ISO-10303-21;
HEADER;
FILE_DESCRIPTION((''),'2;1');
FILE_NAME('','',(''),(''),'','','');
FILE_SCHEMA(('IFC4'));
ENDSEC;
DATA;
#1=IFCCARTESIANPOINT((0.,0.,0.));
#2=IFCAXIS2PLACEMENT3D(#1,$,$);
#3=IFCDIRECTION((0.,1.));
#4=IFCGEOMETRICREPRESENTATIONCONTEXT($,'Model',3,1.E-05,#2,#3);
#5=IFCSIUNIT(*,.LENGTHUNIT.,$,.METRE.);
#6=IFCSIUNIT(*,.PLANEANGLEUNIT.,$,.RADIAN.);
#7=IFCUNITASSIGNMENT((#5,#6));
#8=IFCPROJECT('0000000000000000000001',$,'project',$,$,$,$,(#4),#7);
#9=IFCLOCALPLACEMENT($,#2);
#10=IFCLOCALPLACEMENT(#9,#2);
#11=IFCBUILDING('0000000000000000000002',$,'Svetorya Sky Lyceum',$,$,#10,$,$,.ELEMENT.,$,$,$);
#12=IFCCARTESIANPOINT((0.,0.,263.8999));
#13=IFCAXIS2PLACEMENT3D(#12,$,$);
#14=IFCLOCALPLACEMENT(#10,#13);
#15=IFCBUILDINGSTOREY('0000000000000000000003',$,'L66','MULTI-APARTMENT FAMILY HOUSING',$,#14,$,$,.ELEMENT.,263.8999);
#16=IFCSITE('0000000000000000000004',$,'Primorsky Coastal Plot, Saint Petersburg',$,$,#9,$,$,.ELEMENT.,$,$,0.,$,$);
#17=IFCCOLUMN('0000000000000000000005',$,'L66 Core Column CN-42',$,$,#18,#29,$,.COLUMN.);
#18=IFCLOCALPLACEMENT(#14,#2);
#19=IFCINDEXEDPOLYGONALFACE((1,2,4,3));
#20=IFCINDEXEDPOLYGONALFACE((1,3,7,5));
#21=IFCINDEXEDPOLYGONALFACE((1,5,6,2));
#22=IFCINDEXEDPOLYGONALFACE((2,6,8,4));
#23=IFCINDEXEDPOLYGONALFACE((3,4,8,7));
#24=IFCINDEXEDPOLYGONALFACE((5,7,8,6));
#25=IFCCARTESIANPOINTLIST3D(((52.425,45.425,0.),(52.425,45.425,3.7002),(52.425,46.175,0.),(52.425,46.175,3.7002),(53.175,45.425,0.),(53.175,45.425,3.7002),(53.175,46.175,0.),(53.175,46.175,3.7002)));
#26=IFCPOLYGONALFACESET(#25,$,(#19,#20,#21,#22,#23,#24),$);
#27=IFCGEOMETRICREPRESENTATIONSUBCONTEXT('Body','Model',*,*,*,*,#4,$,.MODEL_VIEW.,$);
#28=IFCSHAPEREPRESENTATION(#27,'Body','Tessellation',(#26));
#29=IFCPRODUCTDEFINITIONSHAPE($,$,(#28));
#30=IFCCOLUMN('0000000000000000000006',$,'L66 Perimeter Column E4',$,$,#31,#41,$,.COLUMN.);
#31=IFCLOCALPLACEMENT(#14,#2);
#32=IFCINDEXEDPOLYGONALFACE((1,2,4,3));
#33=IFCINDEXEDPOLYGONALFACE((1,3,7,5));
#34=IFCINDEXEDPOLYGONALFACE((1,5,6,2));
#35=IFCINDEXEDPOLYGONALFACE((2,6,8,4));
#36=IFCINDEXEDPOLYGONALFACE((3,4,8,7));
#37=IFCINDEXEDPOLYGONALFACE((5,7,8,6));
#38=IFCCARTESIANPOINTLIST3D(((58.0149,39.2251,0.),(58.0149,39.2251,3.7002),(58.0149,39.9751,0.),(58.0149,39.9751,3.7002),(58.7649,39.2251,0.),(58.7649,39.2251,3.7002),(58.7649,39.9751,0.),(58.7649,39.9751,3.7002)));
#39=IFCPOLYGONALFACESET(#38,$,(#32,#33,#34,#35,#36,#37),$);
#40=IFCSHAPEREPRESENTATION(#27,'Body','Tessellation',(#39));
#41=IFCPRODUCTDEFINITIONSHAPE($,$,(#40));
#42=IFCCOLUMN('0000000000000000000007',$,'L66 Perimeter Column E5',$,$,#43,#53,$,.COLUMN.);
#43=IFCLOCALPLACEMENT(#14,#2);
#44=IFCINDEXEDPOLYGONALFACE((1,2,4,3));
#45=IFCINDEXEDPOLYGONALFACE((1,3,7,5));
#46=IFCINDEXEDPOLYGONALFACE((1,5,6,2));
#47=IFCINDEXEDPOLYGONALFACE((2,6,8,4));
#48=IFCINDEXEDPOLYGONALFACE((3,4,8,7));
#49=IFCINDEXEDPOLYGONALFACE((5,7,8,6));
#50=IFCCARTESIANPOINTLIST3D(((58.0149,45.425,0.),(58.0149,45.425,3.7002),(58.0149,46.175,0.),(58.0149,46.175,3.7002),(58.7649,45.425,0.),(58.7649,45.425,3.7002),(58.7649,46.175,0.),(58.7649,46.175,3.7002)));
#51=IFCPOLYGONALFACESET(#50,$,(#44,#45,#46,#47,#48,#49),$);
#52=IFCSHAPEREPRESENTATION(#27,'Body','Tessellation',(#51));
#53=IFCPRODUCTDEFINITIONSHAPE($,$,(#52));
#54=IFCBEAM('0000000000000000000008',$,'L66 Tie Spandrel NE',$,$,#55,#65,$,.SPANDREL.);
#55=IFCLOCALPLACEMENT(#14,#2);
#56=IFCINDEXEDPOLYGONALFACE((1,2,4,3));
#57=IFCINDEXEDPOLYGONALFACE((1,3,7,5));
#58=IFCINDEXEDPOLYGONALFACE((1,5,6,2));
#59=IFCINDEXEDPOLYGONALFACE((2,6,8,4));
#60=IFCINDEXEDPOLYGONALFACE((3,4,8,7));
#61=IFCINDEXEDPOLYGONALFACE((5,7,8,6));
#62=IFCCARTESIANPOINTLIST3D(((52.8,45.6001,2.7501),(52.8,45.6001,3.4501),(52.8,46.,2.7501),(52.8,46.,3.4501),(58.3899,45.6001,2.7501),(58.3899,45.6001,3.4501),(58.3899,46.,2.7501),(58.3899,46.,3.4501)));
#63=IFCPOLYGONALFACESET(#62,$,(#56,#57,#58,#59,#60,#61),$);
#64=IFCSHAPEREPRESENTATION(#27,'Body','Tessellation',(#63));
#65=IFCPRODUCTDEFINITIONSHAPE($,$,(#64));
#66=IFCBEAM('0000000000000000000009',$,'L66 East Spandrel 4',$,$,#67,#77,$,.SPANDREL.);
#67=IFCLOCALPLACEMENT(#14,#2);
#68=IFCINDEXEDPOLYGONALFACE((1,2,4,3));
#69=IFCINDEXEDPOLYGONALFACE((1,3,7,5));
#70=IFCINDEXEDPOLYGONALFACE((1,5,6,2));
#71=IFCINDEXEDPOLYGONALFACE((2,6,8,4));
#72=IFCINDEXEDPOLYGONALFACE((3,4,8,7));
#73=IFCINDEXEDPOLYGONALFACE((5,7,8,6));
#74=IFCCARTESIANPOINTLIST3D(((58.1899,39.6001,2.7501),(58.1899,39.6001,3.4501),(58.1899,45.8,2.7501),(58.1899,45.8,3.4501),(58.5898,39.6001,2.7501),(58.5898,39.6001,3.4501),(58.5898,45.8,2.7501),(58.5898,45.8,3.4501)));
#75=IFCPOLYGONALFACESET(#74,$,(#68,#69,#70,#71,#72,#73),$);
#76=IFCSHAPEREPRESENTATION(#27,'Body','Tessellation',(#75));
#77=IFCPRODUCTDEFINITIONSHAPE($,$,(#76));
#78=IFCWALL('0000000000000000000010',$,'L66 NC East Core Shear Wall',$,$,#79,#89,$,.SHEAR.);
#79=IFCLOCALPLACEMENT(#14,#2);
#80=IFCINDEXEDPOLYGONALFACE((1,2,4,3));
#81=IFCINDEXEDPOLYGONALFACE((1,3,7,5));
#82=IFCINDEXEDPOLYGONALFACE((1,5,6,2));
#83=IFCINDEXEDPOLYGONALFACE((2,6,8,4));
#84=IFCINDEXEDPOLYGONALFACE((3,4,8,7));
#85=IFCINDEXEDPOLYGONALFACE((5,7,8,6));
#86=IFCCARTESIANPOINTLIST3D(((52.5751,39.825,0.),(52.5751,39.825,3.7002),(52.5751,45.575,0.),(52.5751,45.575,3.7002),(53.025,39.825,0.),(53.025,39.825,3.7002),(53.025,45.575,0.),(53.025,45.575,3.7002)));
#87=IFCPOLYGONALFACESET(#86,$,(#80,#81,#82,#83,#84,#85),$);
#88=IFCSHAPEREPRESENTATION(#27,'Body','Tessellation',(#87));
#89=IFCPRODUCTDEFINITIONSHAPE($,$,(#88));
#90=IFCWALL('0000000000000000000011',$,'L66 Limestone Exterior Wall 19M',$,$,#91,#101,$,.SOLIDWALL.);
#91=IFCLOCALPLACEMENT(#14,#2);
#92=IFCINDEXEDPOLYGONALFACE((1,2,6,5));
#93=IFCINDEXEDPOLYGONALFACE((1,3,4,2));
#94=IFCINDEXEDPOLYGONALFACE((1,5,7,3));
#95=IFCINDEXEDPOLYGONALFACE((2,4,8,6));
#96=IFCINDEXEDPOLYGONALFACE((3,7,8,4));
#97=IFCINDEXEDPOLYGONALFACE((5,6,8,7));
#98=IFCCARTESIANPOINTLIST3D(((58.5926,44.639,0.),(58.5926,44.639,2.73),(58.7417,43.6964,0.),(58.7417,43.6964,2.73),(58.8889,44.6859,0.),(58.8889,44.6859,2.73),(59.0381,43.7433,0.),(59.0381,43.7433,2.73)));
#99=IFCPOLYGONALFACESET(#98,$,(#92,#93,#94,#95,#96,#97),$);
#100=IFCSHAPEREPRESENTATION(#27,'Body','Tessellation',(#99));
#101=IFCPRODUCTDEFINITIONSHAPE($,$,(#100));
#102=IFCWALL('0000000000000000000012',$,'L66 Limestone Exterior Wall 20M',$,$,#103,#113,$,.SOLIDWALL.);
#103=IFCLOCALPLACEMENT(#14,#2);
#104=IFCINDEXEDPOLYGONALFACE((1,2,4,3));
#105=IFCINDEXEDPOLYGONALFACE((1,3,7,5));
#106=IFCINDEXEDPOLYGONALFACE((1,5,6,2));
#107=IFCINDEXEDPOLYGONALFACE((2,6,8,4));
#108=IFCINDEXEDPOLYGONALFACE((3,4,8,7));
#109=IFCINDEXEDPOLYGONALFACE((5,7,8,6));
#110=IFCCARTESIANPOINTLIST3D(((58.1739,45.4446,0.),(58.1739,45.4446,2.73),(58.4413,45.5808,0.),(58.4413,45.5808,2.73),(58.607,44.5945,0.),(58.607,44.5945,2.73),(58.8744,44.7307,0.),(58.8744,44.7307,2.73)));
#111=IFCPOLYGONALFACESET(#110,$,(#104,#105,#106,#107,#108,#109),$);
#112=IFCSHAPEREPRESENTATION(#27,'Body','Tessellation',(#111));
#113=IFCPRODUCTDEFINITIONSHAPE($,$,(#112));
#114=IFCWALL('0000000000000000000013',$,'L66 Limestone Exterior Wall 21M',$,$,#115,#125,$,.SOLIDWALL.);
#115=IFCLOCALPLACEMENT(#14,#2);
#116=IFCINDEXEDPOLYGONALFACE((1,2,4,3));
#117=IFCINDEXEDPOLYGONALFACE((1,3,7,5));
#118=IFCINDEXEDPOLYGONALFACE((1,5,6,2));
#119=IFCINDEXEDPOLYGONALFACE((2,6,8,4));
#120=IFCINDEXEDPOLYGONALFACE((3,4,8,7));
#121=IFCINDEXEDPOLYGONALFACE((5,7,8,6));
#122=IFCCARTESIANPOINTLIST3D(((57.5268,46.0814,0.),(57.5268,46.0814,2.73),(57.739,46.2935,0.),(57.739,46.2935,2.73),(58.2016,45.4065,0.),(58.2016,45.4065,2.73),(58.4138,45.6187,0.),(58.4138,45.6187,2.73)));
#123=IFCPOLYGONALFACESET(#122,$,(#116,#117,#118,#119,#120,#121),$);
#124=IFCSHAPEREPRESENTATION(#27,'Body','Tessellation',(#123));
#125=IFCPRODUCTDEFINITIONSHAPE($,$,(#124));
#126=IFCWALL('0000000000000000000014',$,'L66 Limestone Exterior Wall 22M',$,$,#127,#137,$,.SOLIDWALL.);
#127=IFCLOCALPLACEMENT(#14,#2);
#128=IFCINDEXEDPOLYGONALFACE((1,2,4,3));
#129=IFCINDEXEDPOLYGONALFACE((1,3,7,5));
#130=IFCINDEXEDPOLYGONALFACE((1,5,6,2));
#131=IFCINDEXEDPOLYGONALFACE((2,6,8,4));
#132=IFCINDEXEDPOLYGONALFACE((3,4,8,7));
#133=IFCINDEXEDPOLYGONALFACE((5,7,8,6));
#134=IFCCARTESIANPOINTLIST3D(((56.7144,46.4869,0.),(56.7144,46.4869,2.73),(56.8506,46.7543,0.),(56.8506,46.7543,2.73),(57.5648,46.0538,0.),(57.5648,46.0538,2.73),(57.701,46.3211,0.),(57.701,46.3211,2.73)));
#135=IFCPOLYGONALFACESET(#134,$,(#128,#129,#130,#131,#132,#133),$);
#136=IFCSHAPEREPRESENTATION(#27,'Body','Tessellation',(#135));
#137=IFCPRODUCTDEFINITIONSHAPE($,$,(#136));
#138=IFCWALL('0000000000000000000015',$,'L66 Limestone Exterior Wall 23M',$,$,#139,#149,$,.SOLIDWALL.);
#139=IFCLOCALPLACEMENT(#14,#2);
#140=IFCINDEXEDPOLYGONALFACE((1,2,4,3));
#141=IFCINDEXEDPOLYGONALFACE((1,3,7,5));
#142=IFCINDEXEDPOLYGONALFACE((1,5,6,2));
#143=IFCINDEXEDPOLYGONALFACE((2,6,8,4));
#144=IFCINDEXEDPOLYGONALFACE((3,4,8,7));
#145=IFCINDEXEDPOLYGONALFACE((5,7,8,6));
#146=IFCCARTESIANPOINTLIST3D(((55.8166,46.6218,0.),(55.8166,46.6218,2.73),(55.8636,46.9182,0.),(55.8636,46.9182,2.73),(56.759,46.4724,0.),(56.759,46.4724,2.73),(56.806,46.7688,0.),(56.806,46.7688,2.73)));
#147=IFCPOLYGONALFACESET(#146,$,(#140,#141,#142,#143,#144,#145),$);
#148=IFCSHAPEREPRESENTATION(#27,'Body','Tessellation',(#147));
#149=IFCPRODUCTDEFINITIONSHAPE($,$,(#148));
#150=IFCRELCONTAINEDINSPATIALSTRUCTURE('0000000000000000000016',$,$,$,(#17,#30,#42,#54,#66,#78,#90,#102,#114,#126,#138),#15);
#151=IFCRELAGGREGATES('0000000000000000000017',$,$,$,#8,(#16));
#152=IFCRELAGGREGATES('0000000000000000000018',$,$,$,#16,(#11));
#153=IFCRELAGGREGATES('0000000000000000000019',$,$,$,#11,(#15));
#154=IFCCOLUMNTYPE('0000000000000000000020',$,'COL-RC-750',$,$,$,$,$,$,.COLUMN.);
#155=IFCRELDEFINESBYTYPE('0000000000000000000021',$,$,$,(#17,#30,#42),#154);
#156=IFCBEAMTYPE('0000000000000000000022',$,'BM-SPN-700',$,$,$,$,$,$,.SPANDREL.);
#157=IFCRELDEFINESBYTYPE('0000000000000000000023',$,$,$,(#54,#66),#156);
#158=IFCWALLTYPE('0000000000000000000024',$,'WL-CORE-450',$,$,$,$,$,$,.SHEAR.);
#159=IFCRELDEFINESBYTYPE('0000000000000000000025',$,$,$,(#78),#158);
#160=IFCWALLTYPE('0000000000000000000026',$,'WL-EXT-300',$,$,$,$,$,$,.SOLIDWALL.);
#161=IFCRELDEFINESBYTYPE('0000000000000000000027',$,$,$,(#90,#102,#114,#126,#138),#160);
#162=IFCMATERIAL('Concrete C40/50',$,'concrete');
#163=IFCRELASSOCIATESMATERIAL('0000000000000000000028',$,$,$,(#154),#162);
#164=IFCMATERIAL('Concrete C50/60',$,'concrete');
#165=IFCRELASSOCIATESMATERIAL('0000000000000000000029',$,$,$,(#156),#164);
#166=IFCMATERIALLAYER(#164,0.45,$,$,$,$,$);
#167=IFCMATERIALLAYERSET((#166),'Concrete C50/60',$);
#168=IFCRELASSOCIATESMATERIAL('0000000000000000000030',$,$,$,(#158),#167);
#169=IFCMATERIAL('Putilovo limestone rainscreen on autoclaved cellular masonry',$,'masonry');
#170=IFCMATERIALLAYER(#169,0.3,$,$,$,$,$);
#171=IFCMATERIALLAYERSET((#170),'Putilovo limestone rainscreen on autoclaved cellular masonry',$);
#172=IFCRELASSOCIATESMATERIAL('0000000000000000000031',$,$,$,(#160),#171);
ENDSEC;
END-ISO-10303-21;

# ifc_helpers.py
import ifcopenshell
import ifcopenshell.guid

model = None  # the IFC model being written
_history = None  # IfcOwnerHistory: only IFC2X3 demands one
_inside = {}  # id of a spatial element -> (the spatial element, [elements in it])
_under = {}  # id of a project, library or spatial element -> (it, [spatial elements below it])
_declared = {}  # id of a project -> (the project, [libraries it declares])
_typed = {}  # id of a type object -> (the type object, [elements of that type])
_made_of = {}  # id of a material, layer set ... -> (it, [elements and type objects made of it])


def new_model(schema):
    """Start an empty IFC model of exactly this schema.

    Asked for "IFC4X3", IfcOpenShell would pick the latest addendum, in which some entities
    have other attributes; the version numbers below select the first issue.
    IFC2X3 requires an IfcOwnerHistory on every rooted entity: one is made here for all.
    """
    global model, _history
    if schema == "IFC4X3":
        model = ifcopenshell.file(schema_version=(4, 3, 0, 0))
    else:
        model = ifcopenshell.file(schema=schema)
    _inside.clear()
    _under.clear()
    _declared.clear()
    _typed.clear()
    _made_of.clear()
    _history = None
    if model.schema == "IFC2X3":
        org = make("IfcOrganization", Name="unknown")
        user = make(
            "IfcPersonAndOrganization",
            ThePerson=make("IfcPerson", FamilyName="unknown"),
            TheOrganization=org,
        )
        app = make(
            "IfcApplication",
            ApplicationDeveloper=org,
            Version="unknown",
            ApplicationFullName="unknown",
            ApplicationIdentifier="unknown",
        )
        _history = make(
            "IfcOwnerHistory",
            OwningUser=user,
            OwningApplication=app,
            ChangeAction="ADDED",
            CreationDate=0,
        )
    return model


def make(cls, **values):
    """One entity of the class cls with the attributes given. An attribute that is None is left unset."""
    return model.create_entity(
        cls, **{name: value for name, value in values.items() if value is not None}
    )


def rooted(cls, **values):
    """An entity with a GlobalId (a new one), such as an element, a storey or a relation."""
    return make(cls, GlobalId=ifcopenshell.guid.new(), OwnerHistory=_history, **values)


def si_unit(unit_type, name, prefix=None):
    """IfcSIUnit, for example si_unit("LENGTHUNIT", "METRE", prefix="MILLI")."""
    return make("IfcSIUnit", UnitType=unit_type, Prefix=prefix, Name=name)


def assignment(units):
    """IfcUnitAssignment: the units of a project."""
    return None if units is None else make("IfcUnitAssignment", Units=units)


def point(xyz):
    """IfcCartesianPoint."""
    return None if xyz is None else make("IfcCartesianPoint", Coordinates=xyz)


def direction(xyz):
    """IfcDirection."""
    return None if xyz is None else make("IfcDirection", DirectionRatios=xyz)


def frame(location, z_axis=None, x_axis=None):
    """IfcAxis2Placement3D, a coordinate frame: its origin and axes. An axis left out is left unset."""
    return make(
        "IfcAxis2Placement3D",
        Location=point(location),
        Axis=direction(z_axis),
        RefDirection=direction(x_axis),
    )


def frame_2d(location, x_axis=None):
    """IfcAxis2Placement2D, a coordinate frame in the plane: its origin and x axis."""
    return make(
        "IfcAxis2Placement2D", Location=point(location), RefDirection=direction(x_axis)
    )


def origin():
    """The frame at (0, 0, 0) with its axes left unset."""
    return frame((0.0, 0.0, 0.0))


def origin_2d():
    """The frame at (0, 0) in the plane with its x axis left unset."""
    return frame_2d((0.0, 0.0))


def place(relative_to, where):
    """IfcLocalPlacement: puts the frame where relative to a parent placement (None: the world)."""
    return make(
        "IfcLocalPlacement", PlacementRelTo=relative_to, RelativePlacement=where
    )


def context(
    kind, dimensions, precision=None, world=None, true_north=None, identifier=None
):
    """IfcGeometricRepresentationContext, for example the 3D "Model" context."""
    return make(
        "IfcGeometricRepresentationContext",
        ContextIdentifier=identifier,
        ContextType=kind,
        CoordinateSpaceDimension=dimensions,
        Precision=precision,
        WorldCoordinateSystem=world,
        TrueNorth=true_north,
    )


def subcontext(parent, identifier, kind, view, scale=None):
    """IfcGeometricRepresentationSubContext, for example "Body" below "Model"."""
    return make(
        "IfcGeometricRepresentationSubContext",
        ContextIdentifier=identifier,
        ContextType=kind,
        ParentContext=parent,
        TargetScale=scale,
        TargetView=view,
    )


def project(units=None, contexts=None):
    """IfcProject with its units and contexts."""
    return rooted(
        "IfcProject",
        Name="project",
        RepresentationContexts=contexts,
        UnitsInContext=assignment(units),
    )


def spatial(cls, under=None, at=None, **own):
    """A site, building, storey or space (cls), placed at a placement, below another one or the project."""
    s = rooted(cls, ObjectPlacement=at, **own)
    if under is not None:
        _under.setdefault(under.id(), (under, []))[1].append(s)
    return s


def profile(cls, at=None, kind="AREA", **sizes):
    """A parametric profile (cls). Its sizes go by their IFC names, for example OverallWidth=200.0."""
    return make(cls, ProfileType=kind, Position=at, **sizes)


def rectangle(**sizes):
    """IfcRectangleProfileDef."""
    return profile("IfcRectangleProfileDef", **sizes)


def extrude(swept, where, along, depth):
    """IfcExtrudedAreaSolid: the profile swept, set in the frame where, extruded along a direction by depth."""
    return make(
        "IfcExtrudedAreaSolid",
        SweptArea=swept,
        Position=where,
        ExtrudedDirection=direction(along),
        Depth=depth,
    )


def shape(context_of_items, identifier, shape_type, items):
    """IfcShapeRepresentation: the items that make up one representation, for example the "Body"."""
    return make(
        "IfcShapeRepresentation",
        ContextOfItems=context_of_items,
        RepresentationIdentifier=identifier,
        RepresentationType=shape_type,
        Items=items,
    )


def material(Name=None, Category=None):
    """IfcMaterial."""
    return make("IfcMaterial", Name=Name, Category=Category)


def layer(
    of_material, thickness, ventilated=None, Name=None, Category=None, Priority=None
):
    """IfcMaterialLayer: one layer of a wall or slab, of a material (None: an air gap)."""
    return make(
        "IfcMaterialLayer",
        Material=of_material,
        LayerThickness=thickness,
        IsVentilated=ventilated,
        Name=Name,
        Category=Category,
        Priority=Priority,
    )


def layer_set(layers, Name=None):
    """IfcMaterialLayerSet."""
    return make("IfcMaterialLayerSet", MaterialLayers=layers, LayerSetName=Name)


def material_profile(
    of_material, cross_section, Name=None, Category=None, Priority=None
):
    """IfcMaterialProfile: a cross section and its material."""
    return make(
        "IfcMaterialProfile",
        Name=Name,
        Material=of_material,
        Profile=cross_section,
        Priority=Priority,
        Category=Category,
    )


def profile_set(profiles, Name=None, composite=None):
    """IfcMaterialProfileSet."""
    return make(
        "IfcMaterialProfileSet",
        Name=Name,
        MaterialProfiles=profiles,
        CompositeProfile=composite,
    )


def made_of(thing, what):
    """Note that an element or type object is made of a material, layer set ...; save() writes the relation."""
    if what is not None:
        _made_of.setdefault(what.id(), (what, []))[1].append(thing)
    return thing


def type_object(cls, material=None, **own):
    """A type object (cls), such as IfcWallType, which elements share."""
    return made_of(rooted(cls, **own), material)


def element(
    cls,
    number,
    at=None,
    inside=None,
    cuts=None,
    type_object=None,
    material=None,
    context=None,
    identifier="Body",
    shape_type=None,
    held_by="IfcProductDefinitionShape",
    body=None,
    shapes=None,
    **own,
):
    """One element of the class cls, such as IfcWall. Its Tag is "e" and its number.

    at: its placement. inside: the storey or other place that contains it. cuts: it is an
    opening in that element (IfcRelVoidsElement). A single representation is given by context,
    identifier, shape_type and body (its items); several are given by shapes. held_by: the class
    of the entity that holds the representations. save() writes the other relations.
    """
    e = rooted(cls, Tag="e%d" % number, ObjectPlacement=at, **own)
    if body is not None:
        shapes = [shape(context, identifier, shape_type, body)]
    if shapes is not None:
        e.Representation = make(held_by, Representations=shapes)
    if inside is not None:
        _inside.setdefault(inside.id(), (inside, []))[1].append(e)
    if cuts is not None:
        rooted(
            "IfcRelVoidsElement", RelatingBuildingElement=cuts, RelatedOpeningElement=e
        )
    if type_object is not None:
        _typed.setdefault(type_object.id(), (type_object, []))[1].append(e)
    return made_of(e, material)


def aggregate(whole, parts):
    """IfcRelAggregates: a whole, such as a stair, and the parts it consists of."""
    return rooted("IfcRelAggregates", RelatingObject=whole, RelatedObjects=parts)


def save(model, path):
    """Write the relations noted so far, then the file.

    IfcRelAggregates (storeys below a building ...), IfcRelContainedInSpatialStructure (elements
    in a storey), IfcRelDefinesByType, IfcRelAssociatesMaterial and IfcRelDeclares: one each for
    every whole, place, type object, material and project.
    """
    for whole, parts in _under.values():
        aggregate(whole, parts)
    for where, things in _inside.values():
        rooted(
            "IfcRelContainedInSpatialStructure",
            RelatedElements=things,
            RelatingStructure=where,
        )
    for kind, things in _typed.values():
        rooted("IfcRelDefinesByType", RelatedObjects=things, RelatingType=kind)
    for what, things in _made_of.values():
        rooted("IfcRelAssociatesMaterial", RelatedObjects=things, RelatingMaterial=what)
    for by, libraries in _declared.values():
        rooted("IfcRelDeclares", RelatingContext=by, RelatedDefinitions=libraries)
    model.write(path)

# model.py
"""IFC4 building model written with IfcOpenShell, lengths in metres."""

from ifc_helpers import new_model, si_unit, direction, frame, frame_2d, origin, origin_2d, place, context, subcontext, project, spatial, rectangle, extrude, material, layer, layer_set, material_profile, profile_set, type_object, element, save


model = new_model("IFC4")

# Units and contexts
model_context = context("Model", 3, precision=1e-05, world=origin(), true_north=direction((0.0, 1.0)))
body_context = subcontext(model_context, "Body", "Model", "MODEL_VIEW")
ifc_project = project(units=[si_unit("LENGTHUNIT", "METRE"), si_unit("PLANEANGLEUNIT", "RADIAN")], contexts=[model_context])

# Site, building, storey
site_placement = place(None, origin())
site = spatial("IfcSite", under=ifc_project, at=site_placement, Name="Primorsky Coastal Plot, Saint Petersburg", CompositionType="ELEMENT", RefElevation=0.0)
building_placement = place(site_placement, origin())
building = spatial("IfcBuilding", under=site, at=building_placement, Name="Svetorya Sky Lyceum", CompositionType="ELEMENT")
storey_placement = place(building_placement, frame((0.0, 0.0, 263.8999)))
storey = spatial("IfcBuildingStorey", under=building, at=storey_placement, Name="L66", Description="MULTI-APARTMENT FAMILY HOUSING", CompositionType="ELEMENT", Elevation=263.8999)

# Columns
ifc_material_1 = material(Name="Concrete C40/50", Category="concrete")
ifc_material_profile_1 = material_profile(ifc_material_1, rectangle(XDim=0.75, YDim=0.75, at=origin_2d()), Name="RC COL 750x750")
ifc_profile_set_1 = profile_set([ifc_material_profile_1], Name="Concrete C40/50")
column_type = type_object("IfcColumnType", Name="COL-RC-750", PredefinedType="COLUMN", material=ifc_profile_set_1)
for number, where, z_axis, x_axis, name in (
    (1, (52.8, 45.8, 0.0), (0.0, 0.0, 1.0), (1.0, 0.0, 0.0), "L66 Core Column CN-42"),
    (2, (58.3899, 39.6001, 0.0), (0.0, 0.0, 1.0), (1.0, 0.0, 0.0), "L66 Perimeter Column E4"),
    (3, (58.3899, 45.8, 0.0), (0.0, 0.0, 1.0), (1.0, 0.0, 0.0), "L66 Perimeter Column E5"),
):
    element("IfcColumn", number, at=place(storey_placement, frame(where, z_axis=z_axis, x_axis=x_axis)), inside=storey, type_object=column_type, Name=name, PredefinedType="COLUMN", context=body_context, shape_type="SweptSolid", body=[
        extrude(rectangle(XDim=0.75, YDim=0.75, at=origin_2d()), origin(), (0.0, 0.0, 1.0), 3.7002),
    ])

# Beams
ifc_material_2 = material(Name="Concrete C50/60", Category="concrete")
ifc_material_profile_2 = material_profile(ifc_material_2, rectangle(XDim=0.3999, YDim=0.7, at=origin_2d()), Name="RC SPANDREL 400x700")
ifc_profile_set_2 = profile_set([ifc_material_profile_2], Name="Concrete C50/60")
beam_type = type_object("IfcBeamType", Name="BM-SPN-700", PredefinedType="SPANDREL", material=ifc_profile_set_2)
beam_1_placement = place(storey_placement, frame((52.8, 45.8, 3.1001), z_axis=(1.0, 0.0, 0.0), x_axis=(0.0, 1.0, 0.0)))
element("IfcBeam", 4, at=beam_1_placement, inside=storey, type_object=beam_type, Name="L66 Tie Spandrel NE", PredefinedType="SPANDREL", context=body_context, shape_type="SweptSolid", body=[
    extrude(rectangle(XDim=0.3999, YDim=0.7, at=origin_2d()), origin(), (0.0, 0.0, 1.0), 5.5898),
])
beam_2_placement = place(storey_placement, frame((58.3899, 39.6001, 3.1001), z_axis=(0.0, 1.0, 0.0), x_axis=(-1.0, 0.0, 0.0)))
element("IfcBeam", 5, at=beam_2_placement, inside=storey, type_object=beam_type, Name="L66 East Spandrel 4", PredefinedType="SPANDREL", context=body_context, shape_type="SweptSolid", body=[
    extrude(rectangle(XDim=0.3999, YDim=0.7, at=origin_2d()), origin(), (0.0, 0.0, 1.0), 6.2),
])

# Walls
ifc_layer_1 = layer(ifc_material_2, 0.45)
ifc_layer_set_1 = layer_set([ifc_layer_1], Name="Concrete C50/60")
wall_type_1 = type_object("IfcWallType", Name="WL-CORE-450", PredefinedType="SHEAR", material=ifc_layer_set_1)
wall_1_placement = place(storey_placement, frame((52.8, 39.825, 0.0), z_axis=(0.0, 0.0, 1.0), x_axis=(0.0, 1.0, 0.0)))
element("IfcWall", 6, at=wall_1_placement, inside=storey, type_object=wall_type_1, Name="L66 NC East Core Shear Wall", PredefinedType="SHEAR", context=body_context, shape_type="SweptSolid", body=[
    extrude(rectangle(XDim=5.75, YDim=0.45, at=frame_2d((2.875, 0.0))), origin(), (0.0, 0.0, 1.0), 3.7002),
])
ifc_material_3 = material(Name="Putilovo limestone rainscreen on autoclaved cellular masonry", Category="masonry")
ifc_layer_2 = layer(ifc_material_3, 0.3)
ifc_layer_set_2 = layer_set([ifc_layer_2], Name="Putilovo limestone rainscreen on autoclaved cellular masonry")
wall_type_2 = type_object("IfcWallType", Name="WL-EXT-300", PredefinedType="SOLIDWALL", material=ifc_layer_set_2)
wall_2_placement = place(storey_placement, frame((58.8899, 43.72, 0.0), z_axis=(0.0, 0.0, 1.0), x_axis=(-0.156304, 0.987709, 0.0)))
element("IfcWall", 7, at=wall_2_placement, inside=storey, type_object=wall_type_2, Name="L66 Limestone Exterior Wall 19M", PredefinedType="SOLIDWALL", context=body_context, shape_type="SweptSolid", body=[
    extrude(rectangle(XDim=0.9543, YDim=0.3, at=frame_2d((0.4771, 0.0))), origin(), (0.0, 0.0, 1.0), 2.73),
])
wall_3_placement = place(storey_placement, frame((58.7407, 44.6626, 0.0), z_axis=(0.0, 0.0, 1.0), x_axis=(-0.453956, 0.891024, 0.0)))
element("IfcWall", 8, at=wall_3_placement, inside=storey, type_object=wall_type_2, Name="L66 Limestone Exterior Wall 20M", PredefinedType="SOLIDWALL", context=body_context, shape_type="SweptSolid", body=[
    extrude(rectangle(XDim=0.9541, YDim=0.3, at=frame_2d((0.4771, 0.0))), origin(), (0.0, 0.0, 1.0), 2.73),
])
for number, where, z_axis, x_axis, name in (
    (9, (58.3076, 45.5127, 0.0), (0.0, 0.0, 1.0), (-0.707107, 0.707107, 0.0), "L66 Limestone Exterior Wall 21M"),
    (10, (57.6328, 46.1875, 0.0), (0.0, 0.0, 1.0), (-0.891077, 0.453853, 0.0), "L66 Limestone Exterior Wall 22M"),
):
    element("IfcWall", number, at=place(storey_placement, frame(where, z_axis=z_axis, x_axis=x_axis)), inside=storey, type_object=wall_type_2, Name=name, PredefinedType="SOLIDWALL", context=body_context, shape_type="SweptSolid", body=[
        extrude(rectangle(XDim=0.9543, YDim=0.3, at=frame_2d((0.4771, 0.0))), origin(), (0.0, 0.0, 1.0), 2.73),
    ])
wall_4_placement = place(storey_placement, frame((56.7825, 46.6206, 0.0), z_axis=(0.0, 0.0, 1.0), x_axis=(-0.987663, 0.156593, 0.0)))
element("IfcWall", 11, at=wall_4_placement, inside=storey, type_object=wall_type_2, Name="L66 Limestone Exterior Wall 23M", PredefinedType="SOLIDWALL", context=body_context, shape_type="SweptSolid", body=[
    extrude(rectangle(XDim=0.9541, YDim=0.3, at=frame_2d((0.4771, 0.0))), origin(), (0.0, 0.0, 1.0), 2.73),
])

save(model, "model.ifc")
